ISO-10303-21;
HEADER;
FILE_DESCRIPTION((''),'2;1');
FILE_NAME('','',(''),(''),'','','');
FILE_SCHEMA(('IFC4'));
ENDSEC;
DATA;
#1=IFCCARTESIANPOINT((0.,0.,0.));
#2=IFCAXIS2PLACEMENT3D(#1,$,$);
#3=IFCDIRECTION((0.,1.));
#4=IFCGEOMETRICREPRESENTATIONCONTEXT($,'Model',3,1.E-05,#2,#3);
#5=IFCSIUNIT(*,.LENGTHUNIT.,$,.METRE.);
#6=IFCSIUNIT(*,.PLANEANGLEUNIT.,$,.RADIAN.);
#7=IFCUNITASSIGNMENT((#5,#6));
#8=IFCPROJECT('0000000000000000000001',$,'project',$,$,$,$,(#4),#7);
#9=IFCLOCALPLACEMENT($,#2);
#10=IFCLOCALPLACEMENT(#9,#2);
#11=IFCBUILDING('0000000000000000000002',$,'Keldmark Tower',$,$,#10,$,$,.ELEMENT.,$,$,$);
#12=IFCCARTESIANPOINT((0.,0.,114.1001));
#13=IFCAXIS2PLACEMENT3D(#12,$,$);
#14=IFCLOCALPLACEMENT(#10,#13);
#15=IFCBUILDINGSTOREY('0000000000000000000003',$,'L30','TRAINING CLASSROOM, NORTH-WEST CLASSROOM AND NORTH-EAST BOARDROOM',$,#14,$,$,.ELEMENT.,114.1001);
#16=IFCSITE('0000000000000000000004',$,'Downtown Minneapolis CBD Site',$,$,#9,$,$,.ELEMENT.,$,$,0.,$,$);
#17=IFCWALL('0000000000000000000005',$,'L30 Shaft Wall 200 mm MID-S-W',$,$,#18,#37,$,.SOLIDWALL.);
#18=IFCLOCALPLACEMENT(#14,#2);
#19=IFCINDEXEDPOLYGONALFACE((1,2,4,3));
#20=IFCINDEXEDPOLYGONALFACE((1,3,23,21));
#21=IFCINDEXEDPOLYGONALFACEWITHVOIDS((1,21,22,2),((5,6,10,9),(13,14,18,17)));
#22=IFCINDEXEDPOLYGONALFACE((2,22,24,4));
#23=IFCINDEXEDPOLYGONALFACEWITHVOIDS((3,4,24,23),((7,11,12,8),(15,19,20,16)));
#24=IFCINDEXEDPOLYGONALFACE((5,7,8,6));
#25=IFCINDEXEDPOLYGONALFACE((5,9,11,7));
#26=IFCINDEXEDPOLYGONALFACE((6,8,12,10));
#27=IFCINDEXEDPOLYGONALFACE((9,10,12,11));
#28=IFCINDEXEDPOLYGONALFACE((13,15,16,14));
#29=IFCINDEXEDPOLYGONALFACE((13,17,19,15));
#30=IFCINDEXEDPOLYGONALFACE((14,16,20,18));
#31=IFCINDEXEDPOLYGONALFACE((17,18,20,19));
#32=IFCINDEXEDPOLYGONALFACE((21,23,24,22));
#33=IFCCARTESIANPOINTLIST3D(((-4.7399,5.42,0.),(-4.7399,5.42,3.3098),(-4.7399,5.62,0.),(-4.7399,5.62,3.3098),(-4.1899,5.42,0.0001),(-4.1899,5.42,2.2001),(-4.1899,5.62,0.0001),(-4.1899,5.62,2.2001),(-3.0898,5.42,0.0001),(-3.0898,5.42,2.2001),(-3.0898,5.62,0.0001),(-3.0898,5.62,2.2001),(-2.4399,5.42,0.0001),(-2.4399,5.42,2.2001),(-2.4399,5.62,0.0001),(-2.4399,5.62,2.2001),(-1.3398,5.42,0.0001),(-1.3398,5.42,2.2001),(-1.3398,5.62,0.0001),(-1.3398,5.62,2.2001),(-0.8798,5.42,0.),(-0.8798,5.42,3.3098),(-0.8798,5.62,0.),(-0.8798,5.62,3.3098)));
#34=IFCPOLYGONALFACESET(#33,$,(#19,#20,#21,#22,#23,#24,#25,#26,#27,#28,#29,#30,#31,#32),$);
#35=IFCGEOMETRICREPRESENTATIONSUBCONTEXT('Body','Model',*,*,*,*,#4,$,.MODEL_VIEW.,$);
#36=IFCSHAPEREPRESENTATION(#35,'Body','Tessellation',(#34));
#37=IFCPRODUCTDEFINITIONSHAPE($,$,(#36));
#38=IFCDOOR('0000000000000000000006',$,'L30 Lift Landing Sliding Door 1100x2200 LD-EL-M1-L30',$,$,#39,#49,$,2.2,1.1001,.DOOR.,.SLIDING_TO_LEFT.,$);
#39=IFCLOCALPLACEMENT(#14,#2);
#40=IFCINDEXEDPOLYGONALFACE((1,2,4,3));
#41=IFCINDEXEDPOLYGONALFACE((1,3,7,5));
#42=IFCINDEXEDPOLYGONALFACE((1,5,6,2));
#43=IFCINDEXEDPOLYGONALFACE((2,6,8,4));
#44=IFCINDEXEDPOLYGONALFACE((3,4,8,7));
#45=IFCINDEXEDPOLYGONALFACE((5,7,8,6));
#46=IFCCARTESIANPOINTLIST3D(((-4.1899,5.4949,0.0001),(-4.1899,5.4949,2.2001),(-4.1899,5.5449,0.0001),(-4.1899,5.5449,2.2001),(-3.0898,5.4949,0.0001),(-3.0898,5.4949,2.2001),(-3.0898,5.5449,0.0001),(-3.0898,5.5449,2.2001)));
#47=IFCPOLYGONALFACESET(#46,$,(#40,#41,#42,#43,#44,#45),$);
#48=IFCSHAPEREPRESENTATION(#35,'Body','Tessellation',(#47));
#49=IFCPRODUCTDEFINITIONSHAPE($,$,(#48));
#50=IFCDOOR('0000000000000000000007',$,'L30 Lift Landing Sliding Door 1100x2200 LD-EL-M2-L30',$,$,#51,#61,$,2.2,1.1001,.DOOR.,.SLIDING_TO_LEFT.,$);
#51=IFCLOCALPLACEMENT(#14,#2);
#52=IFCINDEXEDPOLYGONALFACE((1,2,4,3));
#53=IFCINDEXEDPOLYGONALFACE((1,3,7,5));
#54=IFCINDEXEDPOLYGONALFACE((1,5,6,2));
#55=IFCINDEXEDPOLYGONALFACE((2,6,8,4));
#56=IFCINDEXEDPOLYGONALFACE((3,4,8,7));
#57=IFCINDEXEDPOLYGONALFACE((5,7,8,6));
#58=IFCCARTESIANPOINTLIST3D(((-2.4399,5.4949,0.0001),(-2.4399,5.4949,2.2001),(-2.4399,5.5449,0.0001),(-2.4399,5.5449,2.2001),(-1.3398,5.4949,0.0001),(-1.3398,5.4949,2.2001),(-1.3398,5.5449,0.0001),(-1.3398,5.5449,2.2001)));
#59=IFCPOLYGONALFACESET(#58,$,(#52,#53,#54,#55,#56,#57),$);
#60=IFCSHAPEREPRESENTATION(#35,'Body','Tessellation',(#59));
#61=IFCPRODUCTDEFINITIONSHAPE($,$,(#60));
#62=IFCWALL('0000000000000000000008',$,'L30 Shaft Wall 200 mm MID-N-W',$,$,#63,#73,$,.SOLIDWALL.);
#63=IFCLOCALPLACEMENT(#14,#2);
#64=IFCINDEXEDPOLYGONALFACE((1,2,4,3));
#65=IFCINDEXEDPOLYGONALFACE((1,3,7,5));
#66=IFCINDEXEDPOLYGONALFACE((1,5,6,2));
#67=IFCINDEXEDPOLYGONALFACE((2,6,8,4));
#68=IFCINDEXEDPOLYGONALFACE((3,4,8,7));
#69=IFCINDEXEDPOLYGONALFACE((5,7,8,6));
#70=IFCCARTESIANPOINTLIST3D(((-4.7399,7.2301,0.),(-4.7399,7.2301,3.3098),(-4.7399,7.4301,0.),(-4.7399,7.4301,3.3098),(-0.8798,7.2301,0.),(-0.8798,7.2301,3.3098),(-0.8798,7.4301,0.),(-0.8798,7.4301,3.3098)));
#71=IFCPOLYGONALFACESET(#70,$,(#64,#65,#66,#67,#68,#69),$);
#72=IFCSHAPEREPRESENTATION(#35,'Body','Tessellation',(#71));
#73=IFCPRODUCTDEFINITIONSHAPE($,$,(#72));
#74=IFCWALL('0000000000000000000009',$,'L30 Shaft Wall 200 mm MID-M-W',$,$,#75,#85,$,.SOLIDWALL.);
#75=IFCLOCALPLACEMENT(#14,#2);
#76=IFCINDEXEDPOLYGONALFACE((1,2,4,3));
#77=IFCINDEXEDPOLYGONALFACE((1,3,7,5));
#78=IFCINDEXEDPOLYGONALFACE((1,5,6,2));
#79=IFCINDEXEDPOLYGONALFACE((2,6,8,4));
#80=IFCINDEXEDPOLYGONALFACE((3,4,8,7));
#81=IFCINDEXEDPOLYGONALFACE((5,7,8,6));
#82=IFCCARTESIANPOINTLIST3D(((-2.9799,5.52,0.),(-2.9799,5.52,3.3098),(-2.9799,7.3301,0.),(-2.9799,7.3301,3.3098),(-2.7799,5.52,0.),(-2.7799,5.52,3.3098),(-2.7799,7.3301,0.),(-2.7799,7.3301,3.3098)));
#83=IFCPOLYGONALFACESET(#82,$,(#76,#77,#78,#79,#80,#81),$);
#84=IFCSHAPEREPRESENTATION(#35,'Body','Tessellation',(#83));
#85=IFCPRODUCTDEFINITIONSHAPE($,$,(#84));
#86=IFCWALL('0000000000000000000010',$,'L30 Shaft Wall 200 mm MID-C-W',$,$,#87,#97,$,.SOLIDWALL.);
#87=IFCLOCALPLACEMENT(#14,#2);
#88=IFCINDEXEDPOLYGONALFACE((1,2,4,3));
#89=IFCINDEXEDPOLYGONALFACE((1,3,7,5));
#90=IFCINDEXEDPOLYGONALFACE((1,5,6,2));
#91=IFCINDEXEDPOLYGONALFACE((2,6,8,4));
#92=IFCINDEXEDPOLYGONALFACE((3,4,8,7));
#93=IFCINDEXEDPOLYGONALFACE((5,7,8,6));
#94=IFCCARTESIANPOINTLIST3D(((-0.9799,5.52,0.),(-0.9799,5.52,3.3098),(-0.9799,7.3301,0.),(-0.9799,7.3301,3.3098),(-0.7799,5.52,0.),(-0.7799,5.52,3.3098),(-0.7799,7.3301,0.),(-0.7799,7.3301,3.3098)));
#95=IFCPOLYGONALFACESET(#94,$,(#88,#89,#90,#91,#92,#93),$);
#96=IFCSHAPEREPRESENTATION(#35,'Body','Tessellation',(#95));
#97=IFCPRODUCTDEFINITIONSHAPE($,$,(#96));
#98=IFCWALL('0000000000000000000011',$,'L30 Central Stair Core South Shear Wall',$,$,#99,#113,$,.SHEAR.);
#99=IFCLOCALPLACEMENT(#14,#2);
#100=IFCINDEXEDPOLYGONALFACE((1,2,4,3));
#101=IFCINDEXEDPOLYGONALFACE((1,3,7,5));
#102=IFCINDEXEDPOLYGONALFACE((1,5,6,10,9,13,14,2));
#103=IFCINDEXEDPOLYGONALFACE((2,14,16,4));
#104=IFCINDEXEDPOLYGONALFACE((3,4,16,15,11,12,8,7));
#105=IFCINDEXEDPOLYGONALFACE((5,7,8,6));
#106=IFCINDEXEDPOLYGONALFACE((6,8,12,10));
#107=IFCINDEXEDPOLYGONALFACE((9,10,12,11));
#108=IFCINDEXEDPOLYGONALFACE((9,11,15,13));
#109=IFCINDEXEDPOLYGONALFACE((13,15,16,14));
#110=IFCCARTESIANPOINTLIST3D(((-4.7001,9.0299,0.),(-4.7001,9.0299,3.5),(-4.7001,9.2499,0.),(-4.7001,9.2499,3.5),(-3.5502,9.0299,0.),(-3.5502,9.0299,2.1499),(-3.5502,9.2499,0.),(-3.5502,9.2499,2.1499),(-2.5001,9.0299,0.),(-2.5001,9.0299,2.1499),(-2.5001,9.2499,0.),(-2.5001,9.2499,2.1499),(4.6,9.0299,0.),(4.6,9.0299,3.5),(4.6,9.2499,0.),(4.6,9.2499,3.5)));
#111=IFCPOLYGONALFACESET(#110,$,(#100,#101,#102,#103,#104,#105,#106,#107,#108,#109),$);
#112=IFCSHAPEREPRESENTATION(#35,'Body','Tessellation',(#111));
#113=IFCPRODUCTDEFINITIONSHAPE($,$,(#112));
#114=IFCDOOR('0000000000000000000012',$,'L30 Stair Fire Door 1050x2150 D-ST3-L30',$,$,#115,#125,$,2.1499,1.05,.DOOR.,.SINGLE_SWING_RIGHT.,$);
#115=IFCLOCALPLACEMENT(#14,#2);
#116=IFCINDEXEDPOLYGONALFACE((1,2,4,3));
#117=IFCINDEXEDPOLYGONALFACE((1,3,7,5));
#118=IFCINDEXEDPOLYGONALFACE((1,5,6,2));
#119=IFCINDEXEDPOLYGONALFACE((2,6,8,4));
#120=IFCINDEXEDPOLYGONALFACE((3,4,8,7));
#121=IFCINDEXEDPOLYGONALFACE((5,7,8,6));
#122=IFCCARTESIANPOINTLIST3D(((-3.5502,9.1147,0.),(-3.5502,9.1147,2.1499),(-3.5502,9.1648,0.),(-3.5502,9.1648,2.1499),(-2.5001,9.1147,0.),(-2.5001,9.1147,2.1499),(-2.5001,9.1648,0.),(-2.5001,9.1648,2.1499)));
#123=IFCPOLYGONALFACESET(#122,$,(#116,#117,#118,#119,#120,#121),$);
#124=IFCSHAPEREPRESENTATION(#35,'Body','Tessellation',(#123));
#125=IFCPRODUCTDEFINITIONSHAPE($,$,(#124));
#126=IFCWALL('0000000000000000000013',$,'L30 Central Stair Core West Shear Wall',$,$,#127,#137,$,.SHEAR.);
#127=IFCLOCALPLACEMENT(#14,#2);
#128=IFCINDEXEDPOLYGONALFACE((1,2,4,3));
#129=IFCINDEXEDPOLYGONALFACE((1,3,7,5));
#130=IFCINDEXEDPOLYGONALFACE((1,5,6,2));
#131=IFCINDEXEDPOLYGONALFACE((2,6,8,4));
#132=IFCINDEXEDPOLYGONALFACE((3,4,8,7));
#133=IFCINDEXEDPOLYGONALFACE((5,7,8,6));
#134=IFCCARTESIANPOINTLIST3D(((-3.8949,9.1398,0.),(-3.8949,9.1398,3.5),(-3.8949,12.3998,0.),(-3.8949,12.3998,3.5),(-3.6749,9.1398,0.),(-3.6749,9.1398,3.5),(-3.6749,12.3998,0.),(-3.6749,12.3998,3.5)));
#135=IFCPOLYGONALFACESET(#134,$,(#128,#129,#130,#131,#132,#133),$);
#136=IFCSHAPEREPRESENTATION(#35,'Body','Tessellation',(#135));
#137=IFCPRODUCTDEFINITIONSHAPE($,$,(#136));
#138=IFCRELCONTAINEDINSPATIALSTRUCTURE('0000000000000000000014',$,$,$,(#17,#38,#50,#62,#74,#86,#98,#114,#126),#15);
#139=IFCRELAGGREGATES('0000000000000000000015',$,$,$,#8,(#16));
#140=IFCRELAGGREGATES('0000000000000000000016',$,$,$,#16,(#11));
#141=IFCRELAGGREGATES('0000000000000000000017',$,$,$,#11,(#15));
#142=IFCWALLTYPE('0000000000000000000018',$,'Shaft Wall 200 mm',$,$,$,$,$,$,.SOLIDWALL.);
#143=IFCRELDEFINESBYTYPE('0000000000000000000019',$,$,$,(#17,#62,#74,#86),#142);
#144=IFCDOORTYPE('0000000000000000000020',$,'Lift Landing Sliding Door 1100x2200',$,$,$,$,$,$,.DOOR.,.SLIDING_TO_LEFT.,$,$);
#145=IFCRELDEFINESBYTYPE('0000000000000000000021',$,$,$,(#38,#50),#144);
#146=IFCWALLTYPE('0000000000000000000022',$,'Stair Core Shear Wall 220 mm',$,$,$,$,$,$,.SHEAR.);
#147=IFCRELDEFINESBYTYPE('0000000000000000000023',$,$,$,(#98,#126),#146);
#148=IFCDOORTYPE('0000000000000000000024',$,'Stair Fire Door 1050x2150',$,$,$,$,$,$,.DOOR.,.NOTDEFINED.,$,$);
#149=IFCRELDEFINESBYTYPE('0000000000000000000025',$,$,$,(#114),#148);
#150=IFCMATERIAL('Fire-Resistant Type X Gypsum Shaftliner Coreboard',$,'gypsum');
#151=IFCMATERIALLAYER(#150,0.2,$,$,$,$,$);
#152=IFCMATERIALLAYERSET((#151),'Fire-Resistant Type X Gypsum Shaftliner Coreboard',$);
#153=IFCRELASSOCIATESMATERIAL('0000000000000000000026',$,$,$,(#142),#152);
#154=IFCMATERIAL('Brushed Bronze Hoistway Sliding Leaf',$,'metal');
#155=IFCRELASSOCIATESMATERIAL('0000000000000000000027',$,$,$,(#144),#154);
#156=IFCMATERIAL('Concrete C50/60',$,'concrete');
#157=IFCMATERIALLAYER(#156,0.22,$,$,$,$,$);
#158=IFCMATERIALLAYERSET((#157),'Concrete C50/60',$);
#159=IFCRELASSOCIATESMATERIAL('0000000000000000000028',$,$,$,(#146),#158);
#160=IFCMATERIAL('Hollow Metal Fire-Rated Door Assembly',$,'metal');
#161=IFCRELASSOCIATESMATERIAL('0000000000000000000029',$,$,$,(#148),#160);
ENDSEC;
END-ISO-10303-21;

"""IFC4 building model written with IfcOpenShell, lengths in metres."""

from ifc_helpers import new_model, si_unit, direction, frame, frame_2d, origin, place, context, subcontext, project, spatial, rectangle, extrude, material, layer, layer_set, type_object, element, fill, save


model = new_model("IFC4")

# Units and contexts
model_context = context("Model", 3, precision=1e-05, world=origin(), true_north=direction((0.0, 1.0)))
body_context = subcontext(model_context, "Body", "Model", "MODEL_VIEW")
ifc_project = project(units=[si_unit("LENGTHUNIT", "METRE"), si_unit("PLANEANGLEUNIT", "RADIAN")], contexts=[model_context])

# Site, building, storey
site_placement = place(None, origin())
site = spatial("IfcSite", under=ifc_project, at=site_placement, Name="Downtown Minneapolis CBD Site", CompositionType="ELEMENT", RefElevation=0.0)
building_placement = place(site_placement, origin())
building = spatial("IfcBuilding", under=site, at=building_placement, Name="Keldmark Tower", CompositionType="ELEMENT")
storey_placement = place(building_placement, frame((0.0, 0.0, 114.1001)))
storey = spatial("IfcBuildingStorey", under=building, at=storey_placement, Name="L30", Description="TRAINING CLASSROOM, NORTH-WEST CLASSROOM AND NORTH-EAST BOARDROOM", CompositionType="ELEMENT", Elevation=114.1001)

# Wall, openings, doors
ifc_material_1 = material(Name="Fire-Resistant Type X Gypsum Shaftliner Coreboard", Category="gypsum")
ifc_layer_1 = layer(ifc_material_1, 0.2)
ifc_layer_set_1 = layer_set([ifc_layer_1], Name="Fire-Resistant Type X Gypsum Shaftliner Coreboard")
wall_type_1 = type_object("IfcWallType", Name="Shaft Wall 200 mm", PredefinedType="SOLIDWALL", material=ifc_layer_set_1)
wall_1_placement = place(storey_placement, frame((-4.74, 5.52, 0.0), z_axis=(0.0, 0.0, 1.0), x_axis=(1.0, 0.0, 0.0)))
wall_1 = element("IfcWall", 1, at=wall_1_placement, inside=storey, type_object=wall_type_1, Name="L30 Shaft Wall 200 mm MID-S-W", PredefinedType="SOLIDWALL", context=body_context, shape_type="SweptSolid", body=[
    extrude(rectangle(XDim=3.8601, YDim=0.2, at=frame_2d((1.9302, 0.0))), origin(), (0.0, 0.0, 1.0), 3.3098),
])
opening_1_placement = place(wall_1_placement, frame((0.55, 0.0, 0.0)))
opening_1 = element("IfcOpeningElement", 2, at=opening_1_placement, cuts=wall_1, PredefinedType="OPENING", context=body_context, shape_type="SweptSolid", body=[
    extrude(rectangle(XDim=1.1001, YDim=2.2, at=frame_2d((0.55, 1.1001))), frame((0.0, 0.1099, 0.0), z_axis=(0.0, -1.0, 0.0), x_axis=(1.0, 0.0, 0.0)), (0.0, 0.0, 1.0), 0.22),
])
opening_2_placement = place(wall_1_placement, frame((2.3, 0.0, 0.0)))
opening_2 = element("IfcOpeningElement", 3, at=opening_2_placement, cuts=wall_1, PredefinedType="OPENING", context=body_context, shape_type="SweptSolid", body=[
    extrude(rectangle(XDim=1.1001, YDim=2.2, at=frame_2d((0.55, 1.1001))), frame((0.0, 0.1099, 0.0), z_axis=(0.0, -1.0, 0.0), x_axis=(1.0, 0.0, 0.0)), (0.0, 0.0, 1.0), 0.22),
])
ifc_material_2 = material(Name="Brushed Bronze Hoistway Sliding Leaf", Category="metal")
door_type_1 = type_object("IfcDoorType", Name="Lift Landing Sliding Door 1100x2200", OperationType="SLIDING_TO_LEFT", PredefinedType="DOOR", material=ifc_material_2)
door_1_placement = place(opening_1_placement, origin())
door_1 = element("IfcDoor", 4, at=door_1_placement, inside=storey, type_object=door_type_1, Name="L30 Lift Landing Sliding Door 1100x2200 LD-EL-M1-L30", OperationType="SLIDING_TO_LEFT", OverallHeight=2.2, OverallWidth=1.1001, PredefinedType="DOOR", context=body_context, shape_type="SweptSolid", body=[
    extrude(rectangle(XDim=1.1001, YDim=2.2, at=frame_2d((0.55, 1.1001))), frame((0.0, 0.0249, 0.0), z_axis=(0.0, -1.0, 0.0), x_axis=(1.0, 0.0, 0.0)), (0.0, 0.0, 1.0), 0.05),
])
fill(opening_1, door_1)
door_2_placement = place(opening_2_placement, origin())
door_2 = element("IfcDoor", 5, at=door_2_placement, inside=storey, type_object=door_type_1, Name="L30 Lift Landing Sliding Door 1100x2200 LD-EL-M2-L30", OperationType="SLIDING_TO_LEFT", OverallHeight=2.2, OverallWidth=1.1001, PredefinedType="DOOR", context=body_context, shape_type="SweptSolid", body=[
    extrude(rectangle(XDim=1.1001, YDim=2.2, at=frame_2d((0.55, 1.1001))), frame((0.0, 0.0249, 0.0), z_axis=(0.0, -1.0, 0.0), x_axis=(1.0, 0.0, 0.0)), (0.0, 0.0, 1.0), 0.05),
])
fill(opening_2, door_2)

# Walls
wall_2_placement = place(storey_placement, frame((-4.74, 7.3301, 0.0), z_axis=(0.0, 0.0, 1.0), x_axis=(1.0, 0.0, 0.0)))
element("IfcWall", 6, at=wall_2_placement, inside=storey, type_object=wall_type_1, Name="L30 Shaft Wall 200 mm MID-N-W", PredefinedType="SOLIDWALL", context=body_context, shape_type="SweptSolid", body=[
    extrude(rectangle(XDim=3.8601, YDim=0.2, at=frame_2d((1.9302, 0.0))), origin(), (0.0, 0.0, 1.0), 3.3098),
])
for number, where, z_axis, x_axis, name in (
    (7, (-2.8799, 5.52, 0.0), (0.0, 0.0, 1.0), (0.0, 1.0, 0.0), "L30 Shaft Wall 200 mm MID-M-W"),
    (8, (-0.8799, 5.52, 0.0), (0.0, 0.0, 1.0), (0.0, 1.0, 0.0), "L30 Shaft Wall 200 mm MID-C-W"),
):
    element("IfcWall", number, at=place(storey_placement, frame(where, z_axis=z_axis, x_axis=x_axis)), inside=storey, type_object=wall_type_1, Name=name, PredefinedType="SOLIDWALL", context=body_context, shape_type="SweptSolid", body=[
        extrude(rectangle(XDim=1.8101, YDim=0.2, at=frame_2d((0.905, 0.0))), origin(), (0.0, 0.0, 1.0), 3.3098),
    ])

# Wall, opening, door
ifc_material_3 = material(Name="Concrete C50/60", Category="concrete")
ifc_layer_2 = layer(ifc_material_3, 0.22)
ifc_layer_set_2 = layer_set([ifc_layer_2], Name="Concrete C50/60")
wall_type_2 = type_object("IfcWallType", Name="Stair Core Shear Wall 220 mm", PredefinedType="SHEAR", material=ifc_layer_set_2)
wall_3_placement = place(storey_placement, frame((-4.7, 9.1399, 0.0), z_axis=(0.0, 0.0, 1.0), x_axis=(1.0, 0.0, 0.0)))
wall_3 = element("IfcWall", 9, at=wall_3_placement, inside=storey, type_object=wall_type_2, Name="L30 Central Stair Core South Shear Wall", PredefinedType="SHEAR", context=body_context, shape_type="SweptSolid", body=[
    extrude(rectangle(XDim=9.3, YDim=0.22, at=frame_2d((4.6499, 0.0))), origin(), (0.0, 0.0, 1.0), 3.5),
])
opening_3_placement = place(wall_3_placement, frame((1.1499, 0.0, 0.0)))
opening_3 = element("IfcOpeningElement", 10, at=opening_3_placement, cuts=wall_3, PredefinedType="OPENING", context=body_context, shape_type="SweptSolid", body=[
    extrude(rectangle(XDim=1.05, YDim=2.1499, at=frame_2d((0.5249, 1.075))), frame((0.0, 0.1199, 0.0), z_axis=(0.0, -1.0, 0.0), x_axis=(1.0, 0.0, 0.0)), (0.0, 0.0, 1.0), 0.24),
])
ifc_material_4 = material(Name="Hollow Metal Fire-Rated Door Assembly", Category="metal")
door_type_2 = type_object("IfcDoorType", Name="Stair Fire Door 1050x2150", OperationType="NOTDEFINED", PredefinedType="DOOR", material=ifc_material_4)
door_3_placement = place(opening_3_placement, origin())
door_3 = element("IfcDoor", 11, at=door_3_placement, inside=storey, type_object=door_type_2, Name="L30 Stair Fire Door 1050x2150 D-ST3-L30", OperationType="SINGLE_SWING_RIGHT", OverallHeight=2.1499, OverallWidth=1.05, PredefinedType="DOOR", context=body_context, shape_type="SweptSolid", body=[
    extrude(rectangle(XDim=1.05, YDim=2.1499, at=frame_2d((0.5249, 1.075))), frame((0.0, 0.0249, 0.0), z_axis=(0.0, -1.0, 0.0), x_axis=(1.0, 0.0, 0.0)), (0.0, 0.0, 1.0), 0.05),
])
fill(opening_3, door_3)

# Wall
wall_4_placement = place(storey_placement, frame((-3.7849, 9.1399, 0.0), z_axis=(0.0, 0.0, 1.0), x_axis=(0.0, 1.0, 0.0)))
element("IfcWall", 12, at=wall_4_placement, inside=storey, type_object=wall_type_2, Name="L30 Central Stair Core West Shear Wall", PredefinedType="SHEAR", context=body_context, shape_type="SweptSolid", body=[
    extrude(rectangle(XDim=3.26, YDim=0.22, at=frame_2d((1.6299, 0.0))), origin(), (0.0, 0.0, 1.0), 3.5),
])

save(model, "model.ifc")
